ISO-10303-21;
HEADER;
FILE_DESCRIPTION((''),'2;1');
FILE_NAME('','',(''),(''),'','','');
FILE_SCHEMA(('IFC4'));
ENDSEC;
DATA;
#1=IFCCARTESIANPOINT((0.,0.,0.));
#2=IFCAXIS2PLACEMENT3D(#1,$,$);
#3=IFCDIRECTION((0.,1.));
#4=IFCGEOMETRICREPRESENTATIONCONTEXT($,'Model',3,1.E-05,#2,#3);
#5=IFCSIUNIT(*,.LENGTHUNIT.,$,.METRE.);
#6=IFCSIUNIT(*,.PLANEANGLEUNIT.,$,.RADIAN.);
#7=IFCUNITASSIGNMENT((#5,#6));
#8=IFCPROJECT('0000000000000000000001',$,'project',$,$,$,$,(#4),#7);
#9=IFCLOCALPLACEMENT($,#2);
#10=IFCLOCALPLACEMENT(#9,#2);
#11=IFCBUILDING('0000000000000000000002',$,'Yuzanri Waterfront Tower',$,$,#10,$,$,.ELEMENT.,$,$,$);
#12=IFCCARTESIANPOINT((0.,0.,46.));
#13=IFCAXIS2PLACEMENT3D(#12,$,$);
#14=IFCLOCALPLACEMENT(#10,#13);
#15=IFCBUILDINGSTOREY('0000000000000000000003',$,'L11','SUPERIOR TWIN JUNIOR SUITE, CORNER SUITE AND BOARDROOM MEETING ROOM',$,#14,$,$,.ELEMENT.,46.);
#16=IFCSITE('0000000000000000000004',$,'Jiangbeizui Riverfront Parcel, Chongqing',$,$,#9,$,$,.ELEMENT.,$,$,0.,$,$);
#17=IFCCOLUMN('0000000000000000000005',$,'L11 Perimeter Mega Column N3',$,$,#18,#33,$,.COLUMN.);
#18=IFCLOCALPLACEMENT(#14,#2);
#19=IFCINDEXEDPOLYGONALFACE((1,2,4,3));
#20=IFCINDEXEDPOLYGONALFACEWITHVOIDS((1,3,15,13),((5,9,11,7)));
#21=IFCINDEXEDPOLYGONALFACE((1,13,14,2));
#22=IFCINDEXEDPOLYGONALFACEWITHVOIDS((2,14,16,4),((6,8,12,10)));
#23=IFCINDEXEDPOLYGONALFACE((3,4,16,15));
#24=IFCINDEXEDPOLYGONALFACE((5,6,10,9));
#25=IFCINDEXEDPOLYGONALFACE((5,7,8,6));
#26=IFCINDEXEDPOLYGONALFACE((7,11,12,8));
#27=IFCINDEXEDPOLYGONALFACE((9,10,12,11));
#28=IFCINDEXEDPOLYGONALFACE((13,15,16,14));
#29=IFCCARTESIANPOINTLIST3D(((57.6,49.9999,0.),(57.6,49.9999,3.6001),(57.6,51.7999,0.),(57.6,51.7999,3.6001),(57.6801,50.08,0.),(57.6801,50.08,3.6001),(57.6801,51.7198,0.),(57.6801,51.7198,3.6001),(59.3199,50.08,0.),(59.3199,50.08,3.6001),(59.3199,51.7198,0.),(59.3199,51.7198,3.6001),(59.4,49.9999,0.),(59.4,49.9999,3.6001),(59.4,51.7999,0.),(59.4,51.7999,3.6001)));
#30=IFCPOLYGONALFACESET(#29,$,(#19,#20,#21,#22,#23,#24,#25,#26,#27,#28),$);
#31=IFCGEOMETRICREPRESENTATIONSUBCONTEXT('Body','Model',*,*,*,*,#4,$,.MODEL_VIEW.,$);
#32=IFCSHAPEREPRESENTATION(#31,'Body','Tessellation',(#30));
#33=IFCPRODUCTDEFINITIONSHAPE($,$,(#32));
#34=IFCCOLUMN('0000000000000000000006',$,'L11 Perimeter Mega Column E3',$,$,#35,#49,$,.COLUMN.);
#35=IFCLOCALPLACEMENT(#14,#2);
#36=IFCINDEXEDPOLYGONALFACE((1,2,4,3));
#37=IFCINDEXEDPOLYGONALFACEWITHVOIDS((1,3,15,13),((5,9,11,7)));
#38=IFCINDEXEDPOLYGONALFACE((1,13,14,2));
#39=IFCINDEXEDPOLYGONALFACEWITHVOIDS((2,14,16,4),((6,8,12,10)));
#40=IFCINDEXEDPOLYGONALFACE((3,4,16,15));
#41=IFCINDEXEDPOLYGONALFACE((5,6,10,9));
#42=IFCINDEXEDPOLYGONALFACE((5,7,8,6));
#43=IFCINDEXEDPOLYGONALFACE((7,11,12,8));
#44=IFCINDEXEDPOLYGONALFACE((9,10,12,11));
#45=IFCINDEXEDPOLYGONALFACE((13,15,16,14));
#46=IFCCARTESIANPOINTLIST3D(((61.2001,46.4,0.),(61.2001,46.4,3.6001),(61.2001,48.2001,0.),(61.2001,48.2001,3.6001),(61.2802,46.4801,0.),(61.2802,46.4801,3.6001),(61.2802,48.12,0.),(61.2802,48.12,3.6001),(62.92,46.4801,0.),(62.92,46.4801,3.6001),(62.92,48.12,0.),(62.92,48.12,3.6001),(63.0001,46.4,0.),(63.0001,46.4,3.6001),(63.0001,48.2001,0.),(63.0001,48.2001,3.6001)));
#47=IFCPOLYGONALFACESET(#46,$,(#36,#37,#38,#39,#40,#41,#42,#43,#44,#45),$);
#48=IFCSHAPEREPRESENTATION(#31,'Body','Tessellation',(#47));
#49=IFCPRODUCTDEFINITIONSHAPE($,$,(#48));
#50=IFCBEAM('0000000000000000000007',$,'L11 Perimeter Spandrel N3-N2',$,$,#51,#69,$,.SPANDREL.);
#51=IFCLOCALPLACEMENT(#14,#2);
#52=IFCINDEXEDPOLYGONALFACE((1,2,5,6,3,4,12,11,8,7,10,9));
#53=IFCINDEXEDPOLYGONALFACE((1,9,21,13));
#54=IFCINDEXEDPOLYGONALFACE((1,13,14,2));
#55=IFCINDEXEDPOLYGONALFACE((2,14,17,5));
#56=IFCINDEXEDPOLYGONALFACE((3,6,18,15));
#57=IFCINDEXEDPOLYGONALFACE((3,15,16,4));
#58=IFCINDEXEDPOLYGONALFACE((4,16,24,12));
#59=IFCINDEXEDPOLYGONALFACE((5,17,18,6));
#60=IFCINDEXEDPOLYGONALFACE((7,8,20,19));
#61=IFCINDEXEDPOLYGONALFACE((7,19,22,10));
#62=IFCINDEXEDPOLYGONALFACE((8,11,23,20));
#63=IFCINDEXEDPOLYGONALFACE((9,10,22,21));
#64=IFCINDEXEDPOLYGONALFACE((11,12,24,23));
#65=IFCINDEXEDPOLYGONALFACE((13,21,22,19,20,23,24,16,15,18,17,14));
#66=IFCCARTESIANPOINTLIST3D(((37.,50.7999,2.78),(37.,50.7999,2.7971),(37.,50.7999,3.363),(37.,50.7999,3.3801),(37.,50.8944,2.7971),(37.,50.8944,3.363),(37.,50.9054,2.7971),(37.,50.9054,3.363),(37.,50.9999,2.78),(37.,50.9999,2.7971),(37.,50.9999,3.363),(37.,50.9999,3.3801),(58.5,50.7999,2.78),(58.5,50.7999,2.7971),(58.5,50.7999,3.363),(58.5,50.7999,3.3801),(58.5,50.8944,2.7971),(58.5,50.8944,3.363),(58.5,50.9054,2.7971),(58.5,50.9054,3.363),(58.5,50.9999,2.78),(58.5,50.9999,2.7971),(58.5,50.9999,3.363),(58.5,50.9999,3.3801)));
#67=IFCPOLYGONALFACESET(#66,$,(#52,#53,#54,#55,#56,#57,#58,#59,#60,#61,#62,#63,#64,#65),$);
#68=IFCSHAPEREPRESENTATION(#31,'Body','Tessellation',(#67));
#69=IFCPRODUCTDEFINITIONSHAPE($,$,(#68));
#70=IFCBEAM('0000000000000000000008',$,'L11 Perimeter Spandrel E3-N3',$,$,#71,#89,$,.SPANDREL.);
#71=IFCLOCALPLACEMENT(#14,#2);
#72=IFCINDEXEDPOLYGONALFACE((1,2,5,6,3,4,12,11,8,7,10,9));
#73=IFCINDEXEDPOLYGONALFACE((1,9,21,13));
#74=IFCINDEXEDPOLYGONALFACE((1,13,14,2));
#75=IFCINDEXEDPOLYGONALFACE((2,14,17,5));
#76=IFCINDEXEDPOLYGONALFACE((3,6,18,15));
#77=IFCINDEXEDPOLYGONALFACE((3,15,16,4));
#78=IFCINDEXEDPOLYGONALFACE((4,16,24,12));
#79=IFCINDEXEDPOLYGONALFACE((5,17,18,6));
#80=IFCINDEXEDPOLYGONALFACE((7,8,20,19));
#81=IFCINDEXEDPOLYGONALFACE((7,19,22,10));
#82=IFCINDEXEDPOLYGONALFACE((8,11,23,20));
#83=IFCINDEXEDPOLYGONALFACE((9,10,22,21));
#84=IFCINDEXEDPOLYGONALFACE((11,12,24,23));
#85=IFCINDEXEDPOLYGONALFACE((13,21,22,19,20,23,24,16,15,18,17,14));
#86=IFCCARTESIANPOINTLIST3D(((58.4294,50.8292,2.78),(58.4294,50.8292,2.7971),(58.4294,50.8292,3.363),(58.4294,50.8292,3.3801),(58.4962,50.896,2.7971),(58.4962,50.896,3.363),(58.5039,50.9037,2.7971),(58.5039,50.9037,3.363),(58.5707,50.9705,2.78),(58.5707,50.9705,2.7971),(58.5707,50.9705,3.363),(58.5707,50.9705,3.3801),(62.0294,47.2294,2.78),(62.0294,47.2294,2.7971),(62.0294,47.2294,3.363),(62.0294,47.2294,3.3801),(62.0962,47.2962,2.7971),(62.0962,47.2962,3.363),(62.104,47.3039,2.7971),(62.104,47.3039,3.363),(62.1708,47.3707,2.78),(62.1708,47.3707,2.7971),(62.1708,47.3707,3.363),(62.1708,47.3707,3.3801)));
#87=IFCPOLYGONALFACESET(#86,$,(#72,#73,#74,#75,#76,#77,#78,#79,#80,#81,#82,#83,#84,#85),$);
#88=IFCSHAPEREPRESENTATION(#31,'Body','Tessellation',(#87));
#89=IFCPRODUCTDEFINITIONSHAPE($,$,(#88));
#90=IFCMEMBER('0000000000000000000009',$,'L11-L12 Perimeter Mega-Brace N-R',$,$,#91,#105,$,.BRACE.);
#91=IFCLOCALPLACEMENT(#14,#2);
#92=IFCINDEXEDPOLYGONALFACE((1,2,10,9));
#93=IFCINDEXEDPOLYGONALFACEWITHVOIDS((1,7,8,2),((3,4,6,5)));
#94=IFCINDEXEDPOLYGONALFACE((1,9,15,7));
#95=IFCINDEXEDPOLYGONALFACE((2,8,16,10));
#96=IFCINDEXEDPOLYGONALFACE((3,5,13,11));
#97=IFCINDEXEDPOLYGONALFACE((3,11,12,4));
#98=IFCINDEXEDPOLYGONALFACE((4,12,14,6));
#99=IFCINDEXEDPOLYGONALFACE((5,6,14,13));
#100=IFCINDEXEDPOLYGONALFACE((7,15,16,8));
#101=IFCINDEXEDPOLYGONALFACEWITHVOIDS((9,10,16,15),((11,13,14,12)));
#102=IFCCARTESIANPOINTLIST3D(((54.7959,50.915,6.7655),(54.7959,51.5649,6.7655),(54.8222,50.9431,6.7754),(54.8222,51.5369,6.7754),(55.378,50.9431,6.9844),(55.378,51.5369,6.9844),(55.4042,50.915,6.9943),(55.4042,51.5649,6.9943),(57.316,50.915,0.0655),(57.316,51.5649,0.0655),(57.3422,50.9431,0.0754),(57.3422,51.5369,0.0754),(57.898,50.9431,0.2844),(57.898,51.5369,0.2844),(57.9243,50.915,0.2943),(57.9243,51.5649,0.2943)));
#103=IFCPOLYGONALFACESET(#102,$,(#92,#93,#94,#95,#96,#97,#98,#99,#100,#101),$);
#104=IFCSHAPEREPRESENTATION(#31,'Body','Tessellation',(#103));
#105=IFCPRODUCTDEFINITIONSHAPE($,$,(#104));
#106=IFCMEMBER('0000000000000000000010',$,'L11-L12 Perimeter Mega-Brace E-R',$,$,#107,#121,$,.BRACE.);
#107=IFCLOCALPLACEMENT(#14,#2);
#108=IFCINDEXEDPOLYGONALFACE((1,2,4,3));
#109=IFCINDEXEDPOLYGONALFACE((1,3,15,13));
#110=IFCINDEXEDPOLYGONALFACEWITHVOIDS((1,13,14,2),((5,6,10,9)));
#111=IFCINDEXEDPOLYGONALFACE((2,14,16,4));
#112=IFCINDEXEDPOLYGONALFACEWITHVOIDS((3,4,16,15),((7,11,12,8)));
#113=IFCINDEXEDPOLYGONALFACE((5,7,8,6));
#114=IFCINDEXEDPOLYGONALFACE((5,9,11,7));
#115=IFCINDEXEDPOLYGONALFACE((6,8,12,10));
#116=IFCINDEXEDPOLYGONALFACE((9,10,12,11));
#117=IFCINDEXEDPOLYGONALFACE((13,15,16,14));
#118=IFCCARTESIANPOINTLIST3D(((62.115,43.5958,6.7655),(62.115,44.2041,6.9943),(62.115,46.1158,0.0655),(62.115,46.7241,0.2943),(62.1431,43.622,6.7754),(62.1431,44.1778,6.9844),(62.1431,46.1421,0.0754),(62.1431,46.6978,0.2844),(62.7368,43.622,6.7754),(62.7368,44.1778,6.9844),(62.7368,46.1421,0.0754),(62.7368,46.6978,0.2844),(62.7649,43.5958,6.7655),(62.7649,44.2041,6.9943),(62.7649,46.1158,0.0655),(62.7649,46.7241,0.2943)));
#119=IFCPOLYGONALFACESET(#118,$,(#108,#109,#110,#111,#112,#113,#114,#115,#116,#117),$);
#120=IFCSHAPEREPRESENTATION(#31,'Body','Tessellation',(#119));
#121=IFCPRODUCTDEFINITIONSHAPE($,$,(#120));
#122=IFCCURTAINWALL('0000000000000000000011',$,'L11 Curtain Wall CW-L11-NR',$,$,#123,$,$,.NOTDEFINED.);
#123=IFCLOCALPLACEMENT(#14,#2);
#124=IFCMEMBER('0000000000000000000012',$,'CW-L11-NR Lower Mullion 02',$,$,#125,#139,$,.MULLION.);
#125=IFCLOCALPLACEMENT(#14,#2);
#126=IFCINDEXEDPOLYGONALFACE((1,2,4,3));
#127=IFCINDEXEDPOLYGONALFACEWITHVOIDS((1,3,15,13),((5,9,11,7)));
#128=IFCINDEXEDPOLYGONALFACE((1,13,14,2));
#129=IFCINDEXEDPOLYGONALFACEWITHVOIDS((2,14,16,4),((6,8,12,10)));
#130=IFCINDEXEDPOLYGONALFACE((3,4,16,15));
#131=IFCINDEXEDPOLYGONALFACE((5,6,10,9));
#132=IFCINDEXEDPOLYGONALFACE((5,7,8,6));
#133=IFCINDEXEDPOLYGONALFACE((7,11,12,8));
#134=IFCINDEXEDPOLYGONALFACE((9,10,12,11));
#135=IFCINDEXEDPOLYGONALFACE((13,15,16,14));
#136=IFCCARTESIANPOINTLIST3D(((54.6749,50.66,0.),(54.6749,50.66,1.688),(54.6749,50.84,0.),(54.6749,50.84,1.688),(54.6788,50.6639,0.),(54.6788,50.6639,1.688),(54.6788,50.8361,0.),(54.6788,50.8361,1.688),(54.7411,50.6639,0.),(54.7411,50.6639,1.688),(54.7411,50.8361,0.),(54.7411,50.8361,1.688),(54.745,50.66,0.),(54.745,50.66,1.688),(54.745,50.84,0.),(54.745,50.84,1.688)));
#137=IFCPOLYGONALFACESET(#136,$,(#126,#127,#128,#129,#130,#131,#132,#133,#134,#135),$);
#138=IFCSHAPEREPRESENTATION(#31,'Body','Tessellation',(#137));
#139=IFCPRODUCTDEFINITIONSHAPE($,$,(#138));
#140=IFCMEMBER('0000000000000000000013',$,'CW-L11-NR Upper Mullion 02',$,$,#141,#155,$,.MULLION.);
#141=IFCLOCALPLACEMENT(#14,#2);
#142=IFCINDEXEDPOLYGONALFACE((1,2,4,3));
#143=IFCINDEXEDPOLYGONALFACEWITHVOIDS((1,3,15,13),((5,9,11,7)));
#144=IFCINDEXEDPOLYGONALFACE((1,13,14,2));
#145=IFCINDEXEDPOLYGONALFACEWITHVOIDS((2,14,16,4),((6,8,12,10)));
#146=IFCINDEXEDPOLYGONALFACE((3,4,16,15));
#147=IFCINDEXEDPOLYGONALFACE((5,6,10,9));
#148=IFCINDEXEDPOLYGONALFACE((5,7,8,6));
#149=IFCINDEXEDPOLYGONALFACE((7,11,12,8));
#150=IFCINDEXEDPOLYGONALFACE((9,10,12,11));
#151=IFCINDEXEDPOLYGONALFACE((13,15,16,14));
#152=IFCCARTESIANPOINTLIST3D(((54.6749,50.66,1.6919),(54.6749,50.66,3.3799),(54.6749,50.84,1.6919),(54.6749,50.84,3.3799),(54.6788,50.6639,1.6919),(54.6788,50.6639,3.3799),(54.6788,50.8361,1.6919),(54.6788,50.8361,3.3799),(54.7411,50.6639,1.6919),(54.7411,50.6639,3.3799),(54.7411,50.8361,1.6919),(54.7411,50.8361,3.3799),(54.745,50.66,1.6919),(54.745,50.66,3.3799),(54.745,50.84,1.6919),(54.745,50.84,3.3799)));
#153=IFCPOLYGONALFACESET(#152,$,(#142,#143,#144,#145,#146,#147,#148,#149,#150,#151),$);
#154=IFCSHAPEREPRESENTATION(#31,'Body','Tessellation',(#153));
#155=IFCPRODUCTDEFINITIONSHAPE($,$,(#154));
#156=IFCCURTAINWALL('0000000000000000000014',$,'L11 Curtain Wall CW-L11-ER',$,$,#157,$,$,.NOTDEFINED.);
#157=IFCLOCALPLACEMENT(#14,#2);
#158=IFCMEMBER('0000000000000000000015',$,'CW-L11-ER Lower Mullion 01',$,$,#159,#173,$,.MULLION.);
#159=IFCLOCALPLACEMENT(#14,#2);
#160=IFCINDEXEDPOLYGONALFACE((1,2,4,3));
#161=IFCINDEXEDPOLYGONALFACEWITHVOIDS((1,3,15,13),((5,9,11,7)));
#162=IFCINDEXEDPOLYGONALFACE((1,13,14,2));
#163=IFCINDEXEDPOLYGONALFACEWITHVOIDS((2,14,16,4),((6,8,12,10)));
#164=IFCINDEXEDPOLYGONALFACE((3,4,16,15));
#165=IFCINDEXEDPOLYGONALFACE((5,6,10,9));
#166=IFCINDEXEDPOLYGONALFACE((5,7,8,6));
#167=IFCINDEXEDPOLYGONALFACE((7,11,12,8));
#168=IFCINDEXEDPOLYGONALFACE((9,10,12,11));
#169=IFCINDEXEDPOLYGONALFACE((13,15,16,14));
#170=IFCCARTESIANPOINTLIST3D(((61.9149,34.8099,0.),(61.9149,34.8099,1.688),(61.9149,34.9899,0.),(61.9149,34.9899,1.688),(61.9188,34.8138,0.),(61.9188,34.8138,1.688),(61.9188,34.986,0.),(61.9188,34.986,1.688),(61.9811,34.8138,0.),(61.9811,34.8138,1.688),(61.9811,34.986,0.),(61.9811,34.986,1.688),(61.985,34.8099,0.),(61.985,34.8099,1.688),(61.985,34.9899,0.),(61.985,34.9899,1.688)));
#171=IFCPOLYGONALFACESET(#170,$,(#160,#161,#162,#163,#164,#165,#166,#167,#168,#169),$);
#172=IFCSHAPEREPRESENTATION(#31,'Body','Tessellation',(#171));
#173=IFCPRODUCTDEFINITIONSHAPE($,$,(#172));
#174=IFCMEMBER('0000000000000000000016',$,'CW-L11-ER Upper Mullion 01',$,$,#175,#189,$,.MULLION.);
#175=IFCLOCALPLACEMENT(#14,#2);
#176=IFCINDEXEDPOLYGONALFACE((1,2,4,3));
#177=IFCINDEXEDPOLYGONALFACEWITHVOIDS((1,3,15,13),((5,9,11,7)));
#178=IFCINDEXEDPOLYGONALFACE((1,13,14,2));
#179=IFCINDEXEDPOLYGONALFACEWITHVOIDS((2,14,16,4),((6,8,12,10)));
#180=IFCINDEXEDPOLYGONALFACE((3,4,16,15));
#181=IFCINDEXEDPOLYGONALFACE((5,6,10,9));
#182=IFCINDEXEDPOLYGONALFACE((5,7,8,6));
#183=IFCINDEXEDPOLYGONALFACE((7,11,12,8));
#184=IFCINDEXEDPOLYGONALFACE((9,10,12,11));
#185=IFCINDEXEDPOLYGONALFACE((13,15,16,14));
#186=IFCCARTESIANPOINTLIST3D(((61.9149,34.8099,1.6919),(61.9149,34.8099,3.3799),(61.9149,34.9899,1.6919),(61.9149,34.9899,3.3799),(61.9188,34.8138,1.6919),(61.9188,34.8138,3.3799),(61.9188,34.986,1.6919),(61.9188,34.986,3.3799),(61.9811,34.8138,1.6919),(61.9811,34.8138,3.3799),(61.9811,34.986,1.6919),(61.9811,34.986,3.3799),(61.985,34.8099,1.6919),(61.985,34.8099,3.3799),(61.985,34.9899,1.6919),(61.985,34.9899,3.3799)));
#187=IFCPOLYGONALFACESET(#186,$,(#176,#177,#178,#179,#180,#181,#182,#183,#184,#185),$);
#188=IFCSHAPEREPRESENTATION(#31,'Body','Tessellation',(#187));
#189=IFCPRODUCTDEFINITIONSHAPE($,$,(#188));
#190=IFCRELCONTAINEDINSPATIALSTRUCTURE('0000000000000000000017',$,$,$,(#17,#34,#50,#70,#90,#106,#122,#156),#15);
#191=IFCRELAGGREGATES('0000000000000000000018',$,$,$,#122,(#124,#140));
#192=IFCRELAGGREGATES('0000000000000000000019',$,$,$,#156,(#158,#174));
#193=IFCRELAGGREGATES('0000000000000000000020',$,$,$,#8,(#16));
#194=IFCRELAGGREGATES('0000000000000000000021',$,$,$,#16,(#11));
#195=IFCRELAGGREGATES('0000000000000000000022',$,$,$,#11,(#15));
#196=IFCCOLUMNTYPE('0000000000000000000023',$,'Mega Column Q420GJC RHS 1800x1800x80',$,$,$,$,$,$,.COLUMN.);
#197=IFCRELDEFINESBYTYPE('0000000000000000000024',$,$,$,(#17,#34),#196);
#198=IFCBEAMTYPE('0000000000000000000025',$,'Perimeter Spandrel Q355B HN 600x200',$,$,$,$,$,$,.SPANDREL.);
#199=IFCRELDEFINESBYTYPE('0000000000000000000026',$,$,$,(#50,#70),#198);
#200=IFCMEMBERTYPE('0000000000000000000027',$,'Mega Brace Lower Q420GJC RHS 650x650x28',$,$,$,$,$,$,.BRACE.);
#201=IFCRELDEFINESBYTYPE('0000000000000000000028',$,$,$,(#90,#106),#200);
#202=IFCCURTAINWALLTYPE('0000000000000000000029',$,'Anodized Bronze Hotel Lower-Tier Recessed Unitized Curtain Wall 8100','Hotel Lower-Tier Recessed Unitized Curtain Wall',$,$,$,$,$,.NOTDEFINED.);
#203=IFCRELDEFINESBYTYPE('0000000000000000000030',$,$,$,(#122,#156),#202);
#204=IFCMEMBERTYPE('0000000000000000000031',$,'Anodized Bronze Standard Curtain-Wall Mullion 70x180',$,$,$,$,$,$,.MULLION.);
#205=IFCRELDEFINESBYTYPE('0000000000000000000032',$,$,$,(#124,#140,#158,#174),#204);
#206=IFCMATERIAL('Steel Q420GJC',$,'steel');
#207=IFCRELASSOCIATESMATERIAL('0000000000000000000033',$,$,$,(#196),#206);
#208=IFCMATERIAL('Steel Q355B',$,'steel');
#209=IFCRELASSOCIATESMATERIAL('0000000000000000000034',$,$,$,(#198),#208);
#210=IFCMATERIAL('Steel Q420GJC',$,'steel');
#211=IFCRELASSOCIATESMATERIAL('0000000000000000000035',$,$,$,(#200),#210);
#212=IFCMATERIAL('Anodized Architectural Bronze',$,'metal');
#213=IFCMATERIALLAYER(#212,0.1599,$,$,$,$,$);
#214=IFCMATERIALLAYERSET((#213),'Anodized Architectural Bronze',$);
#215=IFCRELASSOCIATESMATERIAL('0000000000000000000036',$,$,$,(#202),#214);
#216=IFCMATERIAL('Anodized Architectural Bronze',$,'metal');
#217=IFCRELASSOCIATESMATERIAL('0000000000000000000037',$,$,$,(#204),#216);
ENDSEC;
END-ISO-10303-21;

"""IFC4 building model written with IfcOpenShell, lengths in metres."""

from ifc_helpers import new_model, si_unit, direction, frame, origin, origin_2d, place, context, subcontext, project, spatial, hollow_rectangle, i_section, extrude, source, transform, mapped, material, layer, layer_set, material_profile, profile_set, type_object, element, aggregate, save


model = new_model("IFC4")

# Units and contexts
model_context = context("Model", 3, precision=1e-05, world=origin(), true_north=direction((0.0, 1.0)))
body_context = subcontext(model_context, "Body", "Model", "MODEL_VIEW")
ifc_project = project(units=[si_unit("LENGTHUNIT", "METRE"), si_unit("PLANEANGLEUNIT", "RADIAN")], contexts=[model_context])

# Site, building, storey
site_placement = place(None, origin())
site = spatial("IfcSite", under=ifc_project, at=site_placement, Name="Jiangbeizui Riverfront Parcel, Chongqing", CompositionType="ELEMENT", RefElevation=0.0)
building_placement = place(site_placement, origin())
building = spatial("IfcBuilding", under=site, at=building_placement, Name="Yuzanri Waterfront Tower", CompositionType="ELEMENT")
storey_placement = place(building_placement, frame((0.0, 0.0, 46.0)))
storey = spatial("IfcBuildingStorey", under=building, at=storey_placement, Name="L11", Description="SUPERIOR TWIN JUNIOR SUITE, CORNER SUITE AND BOARDROOM MEETING ROOM", CompositionType="ELEMENT", Elevation=46.0)

# Columns
ifc_material_1 = material(Name="Steel Q420GJC", Category="steel")
ifc_material_profile_1 = material_profile(ifc_material_1, hollow_rectangle(XDim=1.8, YDim=1.8, WallThickness=0.0801, at=origin_2d()), Name="RHS 1800x1800x80")
ifc_profile_set_1 = profile_set([ifc_material_profile_1], Name="Steel Q420GJC")
column_type = type_object("IfcColumnType", Name="Mega Column Q420GJC RHS 1800x1800x80", PredefinedType="COLUMN", material=ifc_profile_set_1)
shared_shape_1 = source(origin(), body_context, "Body", "SweptSolid", [
    extrude(hollow_rectangle(XDim=1.8, YDim=1.8, WallThickness=0.0801, at=origin_2d()), origin(), (0.0, 0.0, 1.0), 3.6001),
])
for number, where, z_axis, x_axis, name in (
    (1, (58.5, 50.8999, 0.0), (0.0, 0.0, 1.0), (1.0, 0.0, 0.0), "L11 Perimeter Mega Column N3"),
    (2, (62.1001, 47.3, 0.0), (0.0, 0.0, 1.0), (1.0, 0.0, 0.0), "L11 Perimeter Mega Column E3"),
):
    element("IfcColumn", number, at=place(storey_placement, frame(where, z_axis=z_axis, x_axis=x_axis)), inside=storey, type_object=column_type, Name=name, PredefinedType="COLUMN", context=body_context, shape_type="MappedRepresentation", body=[
        mapped(shared_shape_1, transform((0.0, 0.0, 0.0), scale=1.0)),
    ])

# Beams
ifc_material_2 = material(Name="Steel Q355B", Category="steel")
ifc_material_profile_2 = material_profile(ifc_material_2, i_section(OverallWidth=0.2, OverallDepth=0.6001, WebThickness=0.011, FlangeThickness=0.0171, at=origin_2d()), Name="HN 600x200x11x17")
ifc_profile_set_2 = profile_set([ifc_material_profile_2], Name="Steel Q355B")
beam_type = type_object("IfcBeamType", Name="Perimeter Spandrel Q355B HN 600x200", PredefinedType="SPANDREL", material=ifc_profile_set_2)
shared_shape_2 = source(origin(), body_context, "Body", "SweptSolid", [
    extrude(i_section(OverallWidth=0.2, OverallDepth=0.6001, WebThickness=0.011, FlangeThickness=0.0171, at=origin_2d()), origin(), (0.0, 0.0, 1.0), 21.5),
])
beam_1_placement = place(storey_placement, frame((58.5, 50.8999, 3.0801), z_axis=(-1.0, 0.0, 0.0), x_axis=(0.0, -1.0, 0.0)))
element("IfcBeam", 3, at=beam_1_placement, inside=storey, type_object=beam_type, Name="L11 Perimeter Spandrel N3-N2", PredefinedType="SPANDREL", context=body_context, shape_type="MappedRepresentation", body=[
    mapped(shared_shape_2, transform((0.0, 0.0, 0.0), scale=1.0)),
])
shared_shape_3 = source(origin(), body_context, "Body", "SweptSolid", [
    extrude(i_section(OverallWidth=0.2, OverallDepth=0.6001, WebThickness=0.011, FlangeThickness=0.0171, at=origin_2d()), origin(), (0.0, 0.0, 1.0), 5.0911),
])
beam_2_placement = place(storey_placement, frame((62.1001, 47.3, 3.0801), z_axis=(-0.707131, 0.707083, 0.0), x_axis=(-0.707083, -0.707131, 0.0)))
element("IfcBeam", 4, at=beam_2_placement, inside=storey, type_object=beam_type, Name="L11 Perimeter Spandrel E3-N3", PredefinedType="SPANDREL", context=body_context, shape_type="MappedRepresentation", body=[
    mapped(shared_shape_3, transform((0.0, 0.0, 0.0), scale=1.0)),
])

# Members
ifc_material_3 = material(Name="Steel Q420GJC", Category="steel")
ifc_material_profile_3 = material_profile(ifc_material_3, hollow_rectangle(XDim=0.6499, YDim=0.6499, WallThickness=0.0281, at=origin_2d()), Name="RHS 650x650x28")
ifc_profile_set_3 = profile_set([ifc_material_profile_3], Name="Steel Q420GJC")
member_type_1 = type_object("IfcMemberType", Name="Mega Brace Lower Q420GJC RHS 650x650x28", PredefinedType="BRACE", material=ifc_profile_set_3)
shared_shape_4 = source(origin(), body_context, "Body", "SweptSolid", [
    extrude(hollow_rectangle(XDim=0.6499, YDim=0.6499, WallThickness=0.0281, at=origin_2d()), origin(), (0.0, 0.0, 1.0), 7.1582),
])
for number, where, z_axis, x_axis, name in (
    (5, (57.6201, 51.24, 0.1799), (-0.352046, 0.0, 0.935983), (0.0, -1.0, 0.0), "L11-L12 Perimeter Mega-Brace N-R"),
    (6, (62.4399, 46.4199, 0.1799), (0.0, -0.352046, 0.935983), (1.0, 0.0, 0.0), "L11-L12 Perimeter Mega-Brace E-R"),
):
    element("IfcMember", number, at=place(storey_placement, frame(where, z_axis=z_axis, x_axis=x_axis)), inside=storey, type_object=member_type_1, Name=name, PredefinedType="BRACE", context=body_context, shape_type="MappedRepresentation", body=[
        mapped(shared_shape_4, transform((0.0, 0.0, 0.0), scale=1.0)),
    ])

# Curtain walls, members
ifc_material_4 = material(Name="Anodized Architectural Bronze", Category="metal")
ifc_layer_1 = layer(ifc_material_4, 0.1599)
ifc_layer_set_1 = layer_set([ifc_layer_1], Name="Anodized Architectural Bronze")
curtain_wall_type = type_object("IfcCurtainWallType", Name="Anodized Bronze Hotel Lower-Tier Recessed Unitized Curtain Wall 8100", Description="Hotel Lower-Tier Recessed Unitized Curtain Wall", PredefinedType="NOTDEFINED", material=ifc_layer_set_1)
curtain_wall_1_placement = place(storey_placement, origin())
curtain_wall_1 = element("IfcCurtainWall", 7, at=curtain_wall_1_placement, inside=storey, type_object=curtain_wall_type, Name="L11 Curtain Wall CW-L11-NR", PredefinedType="NOTDEFINED")
ifc_material_5 = material(Name="Anodized Architectural Bronze", Category="metal")
ifc_material_profile_4 = material_profile(ifc_material_5, hollow_rectangle(XDim=0.0701, YDim=0.1799, WallThickness=0.0039, at=origin_2d()), Name="CWM 70x180")
ifc_profile_set_4 = profile_set([ifc_material_profile_4], Name="Anodized Architectural Bronze")
member_type_2 = type_object("IfcMemberType", Name="Anodized Bronze Standard Curtain-Wall Mullion 70x180", PredefinedType="MULLION", material=ifc_profile_set_4)
shared_shape_5 = source(origin(), body_context, "Body", "SweptSolid", [
    extrude(hollow_rectangle(XDim=0.0701, YDim=0.1799, WallThickness=0.0039, at=origin_2d()), origin(), (0.0, 0.0, 1.0), 1.688),
])
member_1_placement = place(storey_placement, frame((54.71, 50.75, 0.0), z_axis=(0.0, 0.0, 1.0), x_axis=(1.0, 0.0, 0.0)))
member_1 = element("IfcMember", 8, at=member_1_placement, type_object=member_type_2, Name="CW-L11-NR Lower Mullion 02", PredefinedType="MULLION", context=body_context, shape_type="MappedRepresentation", body=[
    mapped(shared_shape_5, transform((0.0, 0.0, 0.0), scale=1.0)),
])
member_2_placement = place(storey_placement, frame((54.71, 50.75, 1.6919), z_axis=(0.0, 0.0, 1.0), x_axis=(1.0, 0.0, 0.0)))
member_2 = element("IfcMember", 9, at=member_2_placement, type_object=member_type_2, Name="CW-L11-NR Upper Mullion 02", PredefinedType="MULLION", context=body_context, shape_type="MappedRepresentation", body=[
    mapped(shared_shape_5, transform((0.0, 0.0, 0.0), scale=1.0)),
])
curtain_wall_2_placement = place(storey_placement, origin())
curtain_wall_2 = element("IfcCurtainWall", 10, at=curtain_wall_2_placement, inside=storey, type_object=curtain_wall_type, Name="L11 Curtain Wall CW-L11-ER", PredefinedType="NOTDEFINED")
member_3_placement = place(storey_placement, frame((61.95, 34.8999, 0.0), z_axis=(0.0, 0.0, 1.0), x_axis=(1.0, 0.0, 0.0)))
member_3 = element("IfcMember", 11, at=member_3_placement, type_object=member_type_2, Name="CW-L11-ER Lower Mullion 01", PredefinedType="MULLION", context=body_context, shape_type="MappedRepresentation", body=[
    mapped(shared_shape_5, transform((0.0, 0.0, 0.0), scale=1.0)),
])
member_4_placement = place(storey_placement, frame((61.95, 34.8999, 1.6919), z_axis=(0.0, 0.0, 1.0), x_axis=(1.0, 0.0, 0.0)))
member_4 = element("IfcMember", 12, at=member_4_placement, type_object=member_type_2, Name="CW-L11-ER Upper Mullion 01", PredefinedType="MULLION", context=body_context, shape_type="MappedRepresentation", body=[
    mapped(shared_shape_5, transform((0.0, 0.0, 0.0), scale=1.0)),
])

aggregate(curtain_wall_1, [member_1, member_2])
aggregate(curtain_wall_2, [member_3, member_4])

save(model, "model.ifc")
